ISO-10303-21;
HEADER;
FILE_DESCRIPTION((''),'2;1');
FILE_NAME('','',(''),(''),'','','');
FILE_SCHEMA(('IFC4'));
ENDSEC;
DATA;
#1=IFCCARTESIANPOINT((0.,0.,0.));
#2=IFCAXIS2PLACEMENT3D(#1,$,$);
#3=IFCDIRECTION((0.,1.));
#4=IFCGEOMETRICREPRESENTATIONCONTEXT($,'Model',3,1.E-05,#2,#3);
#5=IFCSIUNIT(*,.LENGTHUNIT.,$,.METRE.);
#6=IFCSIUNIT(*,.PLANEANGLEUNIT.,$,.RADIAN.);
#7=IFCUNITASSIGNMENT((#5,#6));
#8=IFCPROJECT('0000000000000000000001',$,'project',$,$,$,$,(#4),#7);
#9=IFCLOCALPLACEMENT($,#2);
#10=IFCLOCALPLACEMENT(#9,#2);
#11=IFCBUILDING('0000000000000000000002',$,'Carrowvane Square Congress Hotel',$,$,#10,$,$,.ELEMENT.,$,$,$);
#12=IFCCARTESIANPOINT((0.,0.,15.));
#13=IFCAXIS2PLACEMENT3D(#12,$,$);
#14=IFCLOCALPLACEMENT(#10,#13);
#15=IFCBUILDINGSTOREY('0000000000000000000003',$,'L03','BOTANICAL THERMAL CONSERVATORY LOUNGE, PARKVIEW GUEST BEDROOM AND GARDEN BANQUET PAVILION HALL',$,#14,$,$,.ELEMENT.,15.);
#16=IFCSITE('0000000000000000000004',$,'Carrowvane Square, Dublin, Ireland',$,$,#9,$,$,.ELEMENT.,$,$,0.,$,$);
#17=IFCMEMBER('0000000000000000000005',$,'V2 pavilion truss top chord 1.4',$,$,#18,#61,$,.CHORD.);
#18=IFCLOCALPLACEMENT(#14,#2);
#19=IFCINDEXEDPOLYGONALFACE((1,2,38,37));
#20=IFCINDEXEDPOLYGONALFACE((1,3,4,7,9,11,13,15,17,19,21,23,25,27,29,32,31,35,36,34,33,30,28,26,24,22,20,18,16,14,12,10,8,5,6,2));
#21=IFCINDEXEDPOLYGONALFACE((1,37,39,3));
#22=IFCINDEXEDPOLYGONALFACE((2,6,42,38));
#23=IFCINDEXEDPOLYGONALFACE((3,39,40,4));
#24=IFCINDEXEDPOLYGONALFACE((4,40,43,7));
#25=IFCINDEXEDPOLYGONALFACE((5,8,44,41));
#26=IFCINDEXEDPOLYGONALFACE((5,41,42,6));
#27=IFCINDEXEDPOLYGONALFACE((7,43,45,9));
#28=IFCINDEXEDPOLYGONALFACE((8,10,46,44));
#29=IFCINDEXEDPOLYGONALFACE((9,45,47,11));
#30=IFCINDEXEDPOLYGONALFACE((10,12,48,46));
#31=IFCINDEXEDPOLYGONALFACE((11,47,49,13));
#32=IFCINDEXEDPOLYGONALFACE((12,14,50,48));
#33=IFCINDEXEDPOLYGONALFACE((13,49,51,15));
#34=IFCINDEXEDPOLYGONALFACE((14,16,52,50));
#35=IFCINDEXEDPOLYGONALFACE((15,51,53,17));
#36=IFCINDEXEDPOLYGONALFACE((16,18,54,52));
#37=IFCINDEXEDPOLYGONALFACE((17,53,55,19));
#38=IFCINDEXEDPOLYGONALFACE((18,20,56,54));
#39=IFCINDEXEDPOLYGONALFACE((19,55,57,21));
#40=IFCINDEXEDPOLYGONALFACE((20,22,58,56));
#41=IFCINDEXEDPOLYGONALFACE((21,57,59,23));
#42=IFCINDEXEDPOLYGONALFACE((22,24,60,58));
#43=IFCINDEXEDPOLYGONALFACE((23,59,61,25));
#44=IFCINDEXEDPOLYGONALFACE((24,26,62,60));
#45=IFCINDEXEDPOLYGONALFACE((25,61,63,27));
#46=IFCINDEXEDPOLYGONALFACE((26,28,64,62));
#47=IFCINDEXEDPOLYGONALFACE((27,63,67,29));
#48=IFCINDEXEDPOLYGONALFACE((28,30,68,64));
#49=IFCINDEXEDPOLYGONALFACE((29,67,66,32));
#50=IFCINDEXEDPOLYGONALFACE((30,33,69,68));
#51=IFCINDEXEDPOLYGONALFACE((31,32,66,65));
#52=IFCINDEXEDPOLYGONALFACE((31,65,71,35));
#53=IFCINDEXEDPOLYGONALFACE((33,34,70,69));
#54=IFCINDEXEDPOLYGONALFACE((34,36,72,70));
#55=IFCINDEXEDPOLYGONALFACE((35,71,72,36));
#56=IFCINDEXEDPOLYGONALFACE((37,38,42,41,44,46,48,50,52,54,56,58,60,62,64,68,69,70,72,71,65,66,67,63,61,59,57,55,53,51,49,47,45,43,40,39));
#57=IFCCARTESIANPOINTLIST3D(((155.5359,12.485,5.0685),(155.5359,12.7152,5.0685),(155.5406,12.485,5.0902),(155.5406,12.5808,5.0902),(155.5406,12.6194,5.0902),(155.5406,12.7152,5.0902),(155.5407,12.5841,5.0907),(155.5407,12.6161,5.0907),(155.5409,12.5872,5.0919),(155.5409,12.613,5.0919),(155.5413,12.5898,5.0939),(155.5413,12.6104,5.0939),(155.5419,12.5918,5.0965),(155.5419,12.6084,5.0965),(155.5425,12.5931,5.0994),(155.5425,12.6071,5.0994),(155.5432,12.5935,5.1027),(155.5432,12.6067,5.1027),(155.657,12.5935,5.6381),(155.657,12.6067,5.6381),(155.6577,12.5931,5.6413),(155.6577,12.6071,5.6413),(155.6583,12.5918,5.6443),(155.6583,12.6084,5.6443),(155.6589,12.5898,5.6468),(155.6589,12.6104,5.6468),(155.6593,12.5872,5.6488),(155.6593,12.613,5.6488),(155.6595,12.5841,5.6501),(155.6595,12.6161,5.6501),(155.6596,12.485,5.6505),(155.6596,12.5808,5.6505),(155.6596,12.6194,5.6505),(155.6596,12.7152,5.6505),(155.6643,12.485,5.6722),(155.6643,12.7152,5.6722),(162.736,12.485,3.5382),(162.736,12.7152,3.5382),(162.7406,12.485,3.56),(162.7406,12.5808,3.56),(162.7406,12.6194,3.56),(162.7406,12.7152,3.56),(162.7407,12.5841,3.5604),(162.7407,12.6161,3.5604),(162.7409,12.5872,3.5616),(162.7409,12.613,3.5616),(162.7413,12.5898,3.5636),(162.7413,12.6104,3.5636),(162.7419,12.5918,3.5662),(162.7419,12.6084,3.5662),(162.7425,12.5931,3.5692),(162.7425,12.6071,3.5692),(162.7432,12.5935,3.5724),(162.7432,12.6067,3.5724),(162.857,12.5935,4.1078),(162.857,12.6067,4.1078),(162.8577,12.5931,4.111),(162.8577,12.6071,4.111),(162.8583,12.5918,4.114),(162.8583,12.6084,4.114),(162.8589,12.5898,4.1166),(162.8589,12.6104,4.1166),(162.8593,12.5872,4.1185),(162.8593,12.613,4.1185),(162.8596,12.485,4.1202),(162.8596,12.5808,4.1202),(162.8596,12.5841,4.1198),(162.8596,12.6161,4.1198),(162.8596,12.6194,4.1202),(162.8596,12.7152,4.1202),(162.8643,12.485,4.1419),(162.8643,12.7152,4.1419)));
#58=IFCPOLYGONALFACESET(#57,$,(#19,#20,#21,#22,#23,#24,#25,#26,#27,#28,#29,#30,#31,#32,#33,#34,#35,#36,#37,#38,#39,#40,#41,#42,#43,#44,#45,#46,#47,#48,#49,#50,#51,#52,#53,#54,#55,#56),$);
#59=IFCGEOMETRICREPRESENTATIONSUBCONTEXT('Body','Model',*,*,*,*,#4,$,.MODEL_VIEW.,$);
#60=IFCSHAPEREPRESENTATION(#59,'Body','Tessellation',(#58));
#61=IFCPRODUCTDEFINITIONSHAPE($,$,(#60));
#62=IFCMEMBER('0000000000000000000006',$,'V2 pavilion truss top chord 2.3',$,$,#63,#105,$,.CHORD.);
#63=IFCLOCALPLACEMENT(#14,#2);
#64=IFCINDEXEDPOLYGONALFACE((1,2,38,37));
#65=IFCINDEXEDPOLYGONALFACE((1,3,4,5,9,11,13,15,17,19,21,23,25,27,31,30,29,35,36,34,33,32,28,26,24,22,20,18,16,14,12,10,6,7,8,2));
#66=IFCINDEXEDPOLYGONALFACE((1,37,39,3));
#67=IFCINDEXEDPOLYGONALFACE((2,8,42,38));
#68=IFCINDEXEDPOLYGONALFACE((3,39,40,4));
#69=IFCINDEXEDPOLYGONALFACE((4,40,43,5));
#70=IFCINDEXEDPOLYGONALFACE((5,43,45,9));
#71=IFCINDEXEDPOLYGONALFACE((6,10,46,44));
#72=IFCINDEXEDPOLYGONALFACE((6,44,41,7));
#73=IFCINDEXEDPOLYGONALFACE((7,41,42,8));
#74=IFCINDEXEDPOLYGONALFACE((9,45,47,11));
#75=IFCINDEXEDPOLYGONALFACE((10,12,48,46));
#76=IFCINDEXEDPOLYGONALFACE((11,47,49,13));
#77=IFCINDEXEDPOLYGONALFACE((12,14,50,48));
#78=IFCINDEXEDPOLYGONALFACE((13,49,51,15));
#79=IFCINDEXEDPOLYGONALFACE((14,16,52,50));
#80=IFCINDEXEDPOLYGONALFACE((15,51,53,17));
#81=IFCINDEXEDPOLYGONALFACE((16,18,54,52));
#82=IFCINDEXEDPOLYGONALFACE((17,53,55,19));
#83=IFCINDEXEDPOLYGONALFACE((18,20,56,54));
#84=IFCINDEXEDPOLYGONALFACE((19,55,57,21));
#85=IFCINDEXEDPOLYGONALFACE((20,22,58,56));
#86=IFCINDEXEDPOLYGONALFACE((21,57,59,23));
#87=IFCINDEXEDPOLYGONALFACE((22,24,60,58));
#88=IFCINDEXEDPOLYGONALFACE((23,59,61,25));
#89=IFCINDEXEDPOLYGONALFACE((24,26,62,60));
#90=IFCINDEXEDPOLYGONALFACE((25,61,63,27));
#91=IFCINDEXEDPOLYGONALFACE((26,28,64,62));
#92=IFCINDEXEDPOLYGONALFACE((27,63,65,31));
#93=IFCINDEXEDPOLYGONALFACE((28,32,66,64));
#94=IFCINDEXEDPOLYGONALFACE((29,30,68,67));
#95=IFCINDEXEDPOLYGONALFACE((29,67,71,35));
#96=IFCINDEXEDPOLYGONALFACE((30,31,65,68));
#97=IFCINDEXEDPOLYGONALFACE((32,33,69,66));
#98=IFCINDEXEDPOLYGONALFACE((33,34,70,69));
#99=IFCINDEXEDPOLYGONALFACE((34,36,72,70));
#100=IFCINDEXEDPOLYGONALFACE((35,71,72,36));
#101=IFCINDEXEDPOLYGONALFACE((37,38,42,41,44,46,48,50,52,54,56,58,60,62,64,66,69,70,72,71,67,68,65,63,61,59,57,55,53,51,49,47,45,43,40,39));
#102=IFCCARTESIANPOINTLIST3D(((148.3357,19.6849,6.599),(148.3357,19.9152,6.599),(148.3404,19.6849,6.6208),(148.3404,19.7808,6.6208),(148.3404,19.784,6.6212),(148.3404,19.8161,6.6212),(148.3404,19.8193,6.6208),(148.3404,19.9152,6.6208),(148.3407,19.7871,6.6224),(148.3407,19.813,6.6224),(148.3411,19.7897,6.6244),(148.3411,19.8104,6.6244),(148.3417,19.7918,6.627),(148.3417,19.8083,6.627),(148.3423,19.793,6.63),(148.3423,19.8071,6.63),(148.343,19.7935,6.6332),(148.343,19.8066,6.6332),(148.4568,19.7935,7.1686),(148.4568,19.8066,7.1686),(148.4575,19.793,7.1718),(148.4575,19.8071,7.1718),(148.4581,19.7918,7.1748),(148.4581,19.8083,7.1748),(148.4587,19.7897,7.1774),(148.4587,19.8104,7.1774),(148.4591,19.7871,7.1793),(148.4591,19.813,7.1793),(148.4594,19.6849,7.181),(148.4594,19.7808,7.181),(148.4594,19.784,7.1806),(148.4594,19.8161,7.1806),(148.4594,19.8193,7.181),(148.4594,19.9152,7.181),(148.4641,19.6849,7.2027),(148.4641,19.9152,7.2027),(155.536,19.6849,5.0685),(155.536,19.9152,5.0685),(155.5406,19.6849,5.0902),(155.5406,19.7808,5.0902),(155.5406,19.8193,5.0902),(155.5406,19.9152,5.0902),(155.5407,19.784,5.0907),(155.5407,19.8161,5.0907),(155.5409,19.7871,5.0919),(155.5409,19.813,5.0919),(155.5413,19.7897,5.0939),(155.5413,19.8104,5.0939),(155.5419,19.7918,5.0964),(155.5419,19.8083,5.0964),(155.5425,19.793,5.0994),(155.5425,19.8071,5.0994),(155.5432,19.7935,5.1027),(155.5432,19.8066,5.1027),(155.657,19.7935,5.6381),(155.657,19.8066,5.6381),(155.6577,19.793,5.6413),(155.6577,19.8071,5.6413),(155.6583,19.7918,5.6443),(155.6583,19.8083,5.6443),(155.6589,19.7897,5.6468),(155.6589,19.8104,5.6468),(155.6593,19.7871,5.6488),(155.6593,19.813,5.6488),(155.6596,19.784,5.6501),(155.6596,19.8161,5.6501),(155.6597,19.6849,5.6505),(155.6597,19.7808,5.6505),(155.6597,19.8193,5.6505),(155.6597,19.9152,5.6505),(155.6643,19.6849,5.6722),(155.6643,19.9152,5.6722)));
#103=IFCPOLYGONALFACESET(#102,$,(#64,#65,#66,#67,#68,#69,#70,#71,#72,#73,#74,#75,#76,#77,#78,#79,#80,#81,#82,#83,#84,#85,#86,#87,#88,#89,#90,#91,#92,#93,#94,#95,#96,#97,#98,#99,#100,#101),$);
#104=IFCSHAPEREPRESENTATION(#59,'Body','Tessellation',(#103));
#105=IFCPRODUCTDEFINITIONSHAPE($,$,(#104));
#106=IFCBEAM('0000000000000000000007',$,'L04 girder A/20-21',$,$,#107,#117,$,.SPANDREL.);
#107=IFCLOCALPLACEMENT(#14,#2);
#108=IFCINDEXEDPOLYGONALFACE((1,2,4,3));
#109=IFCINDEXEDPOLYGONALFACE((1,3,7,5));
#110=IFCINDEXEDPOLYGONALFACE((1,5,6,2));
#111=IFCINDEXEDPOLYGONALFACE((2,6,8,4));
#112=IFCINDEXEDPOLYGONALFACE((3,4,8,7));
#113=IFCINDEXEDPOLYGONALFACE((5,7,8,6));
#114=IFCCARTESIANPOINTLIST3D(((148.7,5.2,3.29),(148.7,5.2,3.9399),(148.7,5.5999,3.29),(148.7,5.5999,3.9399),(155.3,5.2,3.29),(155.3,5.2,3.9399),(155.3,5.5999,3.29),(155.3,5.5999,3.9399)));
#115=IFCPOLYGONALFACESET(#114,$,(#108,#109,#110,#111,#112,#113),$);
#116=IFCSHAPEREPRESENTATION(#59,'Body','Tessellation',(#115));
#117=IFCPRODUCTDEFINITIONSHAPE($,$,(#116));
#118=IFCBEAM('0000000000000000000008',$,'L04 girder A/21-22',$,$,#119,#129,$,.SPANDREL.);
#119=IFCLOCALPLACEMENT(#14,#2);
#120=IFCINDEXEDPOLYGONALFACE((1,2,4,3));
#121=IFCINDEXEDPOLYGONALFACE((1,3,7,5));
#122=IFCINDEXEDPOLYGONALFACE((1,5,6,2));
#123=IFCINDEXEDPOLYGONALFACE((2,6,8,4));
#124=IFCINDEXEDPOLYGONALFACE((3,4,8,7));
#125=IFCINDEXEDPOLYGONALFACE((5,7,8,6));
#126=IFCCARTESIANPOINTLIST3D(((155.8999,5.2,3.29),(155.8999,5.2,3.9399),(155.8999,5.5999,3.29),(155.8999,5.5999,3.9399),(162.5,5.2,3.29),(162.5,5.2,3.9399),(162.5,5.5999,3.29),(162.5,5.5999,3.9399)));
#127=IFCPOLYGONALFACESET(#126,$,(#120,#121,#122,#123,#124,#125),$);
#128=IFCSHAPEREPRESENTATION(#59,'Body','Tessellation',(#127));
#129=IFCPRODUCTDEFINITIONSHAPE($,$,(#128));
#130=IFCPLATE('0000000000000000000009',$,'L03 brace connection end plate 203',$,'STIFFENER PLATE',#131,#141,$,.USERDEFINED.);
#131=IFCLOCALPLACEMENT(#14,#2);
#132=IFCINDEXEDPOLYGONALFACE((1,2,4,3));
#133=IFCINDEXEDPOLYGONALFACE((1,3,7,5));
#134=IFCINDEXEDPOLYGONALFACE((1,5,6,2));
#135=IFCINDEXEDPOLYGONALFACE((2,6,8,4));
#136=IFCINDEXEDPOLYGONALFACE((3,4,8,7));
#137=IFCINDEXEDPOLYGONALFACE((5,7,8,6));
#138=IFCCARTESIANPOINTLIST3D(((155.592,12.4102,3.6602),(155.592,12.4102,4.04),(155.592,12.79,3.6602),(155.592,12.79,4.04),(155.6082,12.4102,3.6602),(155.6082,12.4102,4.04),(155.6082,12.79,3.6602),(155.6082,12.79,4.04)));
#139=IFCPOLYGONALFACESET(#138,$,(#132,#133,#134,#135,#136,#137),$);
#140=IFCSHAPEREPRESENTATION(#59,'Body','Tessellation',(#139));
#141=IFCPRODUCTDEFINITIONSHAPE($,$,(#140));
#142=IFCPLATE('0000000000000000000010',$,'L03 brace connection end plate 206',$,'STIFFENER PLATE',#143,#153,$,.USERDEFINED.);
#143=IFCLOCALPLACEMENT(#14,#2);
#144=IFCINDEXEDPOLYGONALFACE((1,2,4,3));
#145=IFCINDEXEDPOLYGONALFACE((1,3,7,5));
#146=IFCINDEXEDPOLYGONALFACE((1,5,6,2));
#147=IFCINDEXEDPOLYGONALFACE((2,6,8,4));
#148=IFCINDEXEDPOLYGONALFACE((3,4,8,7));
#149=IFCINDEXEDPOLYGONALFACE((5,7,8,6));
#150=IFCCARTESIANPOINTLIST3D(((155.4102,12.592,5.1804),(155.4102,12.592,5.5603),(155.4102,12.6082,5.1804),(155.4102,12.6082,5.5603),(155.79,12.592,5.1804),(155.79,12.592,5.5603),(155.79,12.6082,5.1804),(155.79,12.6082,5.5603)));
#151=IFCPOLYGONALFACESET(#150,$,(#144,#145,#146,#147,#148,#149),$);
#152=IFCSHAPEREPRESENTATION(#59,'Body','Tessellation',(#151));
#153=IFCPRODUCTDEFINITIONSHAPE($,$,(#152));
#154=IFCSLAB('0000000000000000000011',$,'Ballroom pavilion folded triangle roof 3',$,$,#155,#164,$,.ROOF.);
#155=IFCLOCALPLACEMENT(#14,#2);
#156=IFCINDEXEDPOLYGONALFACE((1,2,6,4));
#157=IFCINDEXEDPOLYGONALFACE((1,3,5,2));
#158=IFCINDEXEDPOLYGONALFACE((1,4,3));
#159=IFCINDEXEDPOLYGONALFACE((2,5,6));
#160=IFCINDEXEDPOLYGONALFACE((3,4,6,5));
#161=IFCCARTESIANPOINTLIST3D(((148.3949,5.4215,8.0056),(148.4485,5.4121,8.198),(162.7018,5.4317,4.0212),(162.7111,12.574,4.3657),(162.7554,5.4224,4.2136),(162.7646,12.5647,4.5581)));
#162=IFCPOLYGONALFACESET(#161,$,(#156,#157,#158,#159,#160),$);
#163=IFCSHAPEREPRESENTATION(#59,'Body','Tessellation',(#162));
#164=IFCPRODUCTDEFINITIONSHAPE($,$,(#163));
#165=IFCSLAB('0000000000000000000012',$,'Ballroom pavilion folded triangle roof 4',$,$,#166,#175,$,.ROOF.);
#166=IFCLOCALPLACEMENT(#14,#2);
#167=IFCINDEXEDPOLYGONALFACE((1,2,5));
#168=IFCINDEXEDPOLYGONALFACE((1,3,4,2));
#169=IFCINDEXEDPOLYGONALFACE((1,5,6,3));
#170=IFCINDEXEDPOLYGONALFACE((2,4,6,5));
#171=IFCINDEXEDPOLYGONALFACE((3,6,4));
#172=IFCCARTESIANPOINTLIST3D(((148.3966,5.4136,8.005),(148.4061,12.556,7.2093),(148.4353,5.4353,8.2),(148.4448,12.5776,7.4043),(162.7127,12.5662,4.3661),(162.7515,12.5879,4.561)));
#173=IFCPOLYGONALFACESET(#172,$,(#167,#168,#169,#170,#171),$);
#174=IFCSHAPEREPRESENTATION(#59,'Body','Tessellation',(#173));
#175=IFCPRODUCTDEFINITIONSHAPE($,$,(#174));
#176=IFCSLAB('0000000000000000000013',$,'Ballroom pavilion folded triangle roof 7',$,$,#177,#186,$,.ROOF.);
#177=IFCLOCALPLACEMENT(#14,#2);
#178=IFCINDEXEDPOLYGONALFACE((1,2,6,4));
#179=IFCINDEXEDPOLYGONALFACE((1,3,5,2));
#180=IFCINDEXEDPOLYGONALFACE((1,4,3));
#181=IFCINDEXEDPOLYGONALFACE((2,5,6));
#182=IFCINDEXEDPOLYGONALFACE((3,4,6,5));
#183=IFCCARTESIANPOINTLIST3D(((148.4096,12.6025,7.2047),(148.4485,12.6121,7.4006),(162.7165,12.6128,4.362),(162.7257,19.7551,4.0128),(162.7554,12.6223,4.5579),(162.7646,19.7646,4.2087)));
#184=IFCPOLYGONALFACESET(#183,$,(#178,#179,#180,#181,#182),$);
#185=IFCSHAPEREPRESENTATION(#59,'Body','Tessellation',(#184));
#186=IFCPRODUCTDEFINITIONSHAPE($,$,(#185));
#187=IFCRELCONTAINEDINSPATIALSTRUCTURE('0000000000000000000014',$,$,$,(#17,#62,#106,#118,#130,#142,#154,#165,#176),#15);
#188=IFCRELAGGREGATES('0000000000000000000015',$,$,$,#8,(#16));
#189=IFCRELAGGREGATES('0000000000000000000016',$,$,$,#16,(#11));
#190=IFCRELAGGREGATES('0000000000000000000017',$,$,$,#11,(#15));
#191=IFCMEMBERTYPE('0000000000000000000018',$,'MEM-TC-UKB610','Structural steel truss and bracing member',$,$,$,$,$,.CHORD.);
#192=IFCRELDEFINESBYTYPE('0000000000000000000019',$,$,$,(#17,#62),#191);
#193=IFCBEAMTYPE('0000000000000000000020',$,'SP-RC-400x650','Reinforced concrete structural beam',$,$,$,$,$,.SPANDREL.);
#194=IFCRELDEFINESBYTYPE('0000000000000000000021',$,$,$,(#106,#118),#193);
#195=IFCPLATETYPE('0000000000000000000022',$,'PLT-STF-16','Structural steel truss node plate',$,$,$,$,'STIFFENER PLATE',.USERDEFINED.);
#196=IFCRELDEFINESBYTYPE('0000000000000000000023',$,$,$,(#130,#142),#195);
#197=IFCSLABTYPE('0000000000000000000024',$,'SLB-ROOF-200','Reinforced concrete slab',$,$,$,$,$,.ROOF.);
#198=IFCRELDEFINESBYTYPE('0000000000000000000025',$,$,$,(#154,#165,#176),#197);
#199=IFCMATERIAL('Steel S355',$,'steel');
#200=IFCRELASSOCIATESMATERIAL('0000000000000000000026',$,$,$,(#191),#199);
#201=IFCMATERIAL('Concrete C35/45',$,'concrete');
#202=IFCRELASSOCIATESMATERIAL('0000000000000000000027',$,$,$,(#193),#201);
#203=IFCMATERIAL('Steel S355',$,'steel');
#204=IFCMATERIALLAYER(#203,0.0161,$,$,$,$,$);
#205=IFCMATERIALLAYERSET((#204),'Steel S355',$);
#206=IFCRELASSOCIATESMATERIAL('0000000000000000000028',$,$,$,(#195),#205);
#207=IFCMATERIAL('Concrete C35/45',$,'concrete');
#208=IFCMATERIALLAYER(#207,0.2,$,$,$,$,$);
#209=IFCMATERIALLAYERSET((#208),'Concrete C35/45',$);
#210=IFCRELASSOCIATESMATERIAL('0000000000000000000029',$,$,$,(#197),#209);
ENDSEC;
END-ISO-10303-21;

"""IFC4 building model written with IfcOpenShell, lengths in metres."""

from ifc_helpers import new_model, si_unit, direction, frame, origin, origin_2d, place, context, subcontext, project, spatial, polyline, rectangle, i_section, outline, extrude, material, layer, layer_set, material_profile, profile_set, type_object, element, save


model = new_model("IFC4")

# Units and contexts
model_context = context("Model", 3, precision=1e-05, world=origin(), true_north=direction((0.0, 1.0)))
body_context = subcontext(model_context, "Body", "Model", "MODEL_VIEW")
ifc_project = project(units=[si_unit("LENGTHUNIT", "METRE"), si_unit("PLANEANGLEUNIT", "RADIAN")], contexts=[model_context])

# Site, building, storey
site_placement = place(None, origin())
site = spatial("IfcSite", under=ifc_project, at=site_placement, Name="Carrowvane Square, Dublin, Ireland", CompositionType="ELEMENT", RefElevation=0.0)
building_placement = place(site_placement, origin())
building = spatial("IfcBuilding", under=site, at=building_placement, Name="Carrowvane Square Congress Hotel", CompositionType="ELEMENT")
storey_placement = place(building_placement, frame((0.0, 0.0, 15.0)))
storey = spatial("IfcBuildingStorey", under=building, at=storey_placement, Name="L03", Description="BOTANICAL THERMAL CONSERVATORY LOUNGE, PARKVIEW GUEST BEDROOM AND GARDEN BANQUET PAVILION HALL", CompositionType="ELEMENT", Elevation=15.0)

# Members
ifc_material_1 = material(Name="Steel S355", Category="steel")
ifc_material_profile_1 = material_profile(ifc_material_1, i_section(OverallWidth=0.2302, OverallDepth=0.6172, WebThickness=0.0132, FlangeThickness=0.0222, FilletRadius=0.0127, at=origin_2d()), Name="UKB 610x229x140")
ifc_profile_set_1 = profile_set([ifc_material_profile_1], Name="Steel S355")
member_type_1 = type_object("IfcMemberType", Name="MEM-TC-UKB610", Description="Structural steel truss and bracing member", PredefinedType="CHORD", material=ifc_profile_set_1)
member_1_placement = place(storey_placement, frame((155.6001, 12.6001, 5.3704), z_axis=(0.978151, 0.0, -0.207896), x_axis=(0.0, 1.0, 0.0)))
element("IfcMember", 1, at=member_1_placement, inside=storey, type_object=member_type_1, Name="V2 pavilion truss top chord 1.4", PredefinedType="CHORD", context=body_context, shape_type="SweptSolid", body=[
    extrude(i_section(OverallWidth=0.2302, OverallDepth=0.6172, WebThickness=0.0132, FlangeThickness=0.0222, FilletRadius=0.0127, at=origin_2d()), origin(), (0.0, 0.0, 1.0), 7.3608),
])
member_2_placement = place(storey_placement, frame((148.3999, 19.8, 6.9009), z_axis=(0.978146, 0.0, -0.207921), x_axis=(0.0, 1.0, 0.0)))
element("IfcMember", 2, at=member_2_placement, inside=storey, type_object=member_type_1, Name="V2 pavilion truss top chord 2.3", PredefinedType="CHORD", context=body_context, shape_type="SweptSolid", body=[
    extrude(i_section(OverallWidth=0.2302, OverallDepth=0.6172, WebThickness=0.0132, FlangeThickness=0.0222, FilletRadius=0.0127, at=origin_2d()), origin(), (0.0, 0.0, 1.0), 7.3611),
])

# Beams
ifc_material_2 = material(Name="Concrete C35/45", Category="concrete")
ifc_material_profile_2 = material_profile(ifc_material_2, rectangle(XDim=0.3999, YDim=0.6499, at=origin_2d()), Name="RC 400x650")
ifc_profile_set_2 = profile_set([ifc_material_profile_2], Name="Concrete C35/45")
beam_type_1 = type_object("IfcBeamType", Name="SP-RC-400x650", Description="Reinforced concrete structural beam", PredefinedType="SPANDREL", material=ifc_profile_set_2)
for number, where, z_axis, x_axis, name in (
    (3, (148.7, 5.3999, 3.615), (1.0, 0.0, 0.0), (0.0, 1.0, 0.0), "L04 girder A/20-21"),
    (4, (155.8999, 5.3999, 3.615), (1.0, 0.0, 0.0), (0.0, 1.0, 0.0), "L04 girder A/21-22"),
):
    element("IfcBeam", number, at=place(storey_placement, frame(where, z_axis=z_axis, x_axis=x_axis)), inside=storey, type_object=beam_type_1, Name=name, PredefinedType="SPANDREL", context=body_context, shape_type="SweptSolid", body=[
        extrude(rectangle(XDim=0.3999, YDim=0.6499, at=origin_2d()), origin(), (0.0, 0.0, 1.0), 6.6001),
    ])

# Plates
ifc_material_3 = material(Name="Steel S355", Category="steel")
ifc_layer_1 = layer(ifc_material_3, 0.0161)
ifc_layer_set_1 = layer_set([ifc_layer_1], Name="Steel S355")
plate_type = type_object("IfcPlateType", Name="PLT-STF-16", Description="Structural steel truss node plate", ElementType="STIFFENER PLATE", PredefinedType="USERDEFINED", material=ifc_layer_set_1)
plate_1_placement = place(storey_placement, frame((155.6001, 12.6001, 3.6602), z_axis=(0.0, 0.0, 1.0), x_axis=(1.0, 0.0, 0.0)))
element("IfcPlate", 5, at=plate_1_placement, inside=storey, type_object=plate_type, Name="L03 brace connection end plate 203", ObjectType="STIFFENER PLATE", PredefinedType="USERDEFINED", context=body_context, shape_type="SweptSolid", body=[
    extrude(rectangle(XDim=0.0161, YDim=0.3799, at=origin_2d()), origin(), (0.0, 0.0, 1.0), 0.3799),
])
plate_2_placement = place(storey_placement, frame((155.6001, 12.6001, 5.1804), z_axis=(0.0, 0.0, 1.0), x_axis=(1.0, 0.0, 0.0)))
element("IfcPlate", 6, at=plate_2_placement, inside=storey, type_object=plate_type, Name="L03 brace connection end plate 206", ObjectType="STIFFENER PLATE", PredefinedType="USERDEFINED", context=body_context, shape_type="SweptSolid", body=[
    extrude(rectangle(XDim=0.3799, YDim=0.0161, at=origin_2d()), origin(), (0.0, 0.0, 1.0), 0.3799),
])

# Slabs
ifc_material_4 = material(Name="Concrete C35/45", Category="concrete")
ifc_layer_2 = layer(ifc_material_4, 0.2)
ifc_layer_set_2 = layer_set([ifc_layer_2], Name="Concrete C35/45")
slab_type = type_object("IfcSlabType", Name="SLB-ROOF-200", Description="Reinforced concrete slab", PredefinedType="ROOF", material=ifc_layer_set_2)
slab_1_placement = place(storey_placement, frame((148.4485, 5.4121, 8.198), z_axis=(0.268022, -0.04676, 0.962277), x_axis=(0.96334, 0.00069, -0.268284)))
element("IfcSlab", 7, at=slab_1_placement, inside=storey, type_object=slab_type, Name="Ballroom pavilion folded triangle roof 3", PredefinedType="ROOF", context=body_context, shape_type="SweptSolid", body=[
    extrude(outline(polyline([(0.0, 0.0), (14.8513, 0.0), (14.7728, 7.1502), (0.0, 0.0)])), origin(), (0.0, 0.0, -1.0), 0.2),
])
slab_2_placement = place(storey_placement, frame((148.4353, 5.4353, 8.2), z_axis=(0.193703, 0.108363, 0.975057), x_axis=(0.872298, 0.435815, -0.221723)))
element("IfcSlab", 8, at=slab_2_placement, inside=storey, type_object=slab_type, Name="Ballroom pavilion folded triangle roof 4", PredefinedType="ROOF", context=body_context, shape_type="SweptSolid", body=[
    extrude(outline(polyline([(0.0, 0.0), (16.412, 0.0), (3.2975, 6.3854), (0.0, 0.0)])), origin(), (0.0, 0.0, -1.0), 0.2),
])
slab_3_placement = place(storey_placement, frame((148.4485, 12.6121, 7.4006), z_axis=(0.194636, 0.047636, 0.979718), x_axis=(0.980825, 0.000703, -0.19489)))
element("IfcSlab", 9, at=slab_3_placement, inside=storey, type_object=slab_type, Name="Ballroom pavilion folded triangle roof 7", PredefinedType="ROOF", context=body_context, shape_type="SweptSolid", body=[
    extrude(outline(polyline([(0.0, 0.0), (14.5866, 0.0), (14.6687, 7.1504), (0.0, 0.0)])), origin(), (0.0, 0.0, -1.0), 0.2),
])

save(model, "model.ifc")
